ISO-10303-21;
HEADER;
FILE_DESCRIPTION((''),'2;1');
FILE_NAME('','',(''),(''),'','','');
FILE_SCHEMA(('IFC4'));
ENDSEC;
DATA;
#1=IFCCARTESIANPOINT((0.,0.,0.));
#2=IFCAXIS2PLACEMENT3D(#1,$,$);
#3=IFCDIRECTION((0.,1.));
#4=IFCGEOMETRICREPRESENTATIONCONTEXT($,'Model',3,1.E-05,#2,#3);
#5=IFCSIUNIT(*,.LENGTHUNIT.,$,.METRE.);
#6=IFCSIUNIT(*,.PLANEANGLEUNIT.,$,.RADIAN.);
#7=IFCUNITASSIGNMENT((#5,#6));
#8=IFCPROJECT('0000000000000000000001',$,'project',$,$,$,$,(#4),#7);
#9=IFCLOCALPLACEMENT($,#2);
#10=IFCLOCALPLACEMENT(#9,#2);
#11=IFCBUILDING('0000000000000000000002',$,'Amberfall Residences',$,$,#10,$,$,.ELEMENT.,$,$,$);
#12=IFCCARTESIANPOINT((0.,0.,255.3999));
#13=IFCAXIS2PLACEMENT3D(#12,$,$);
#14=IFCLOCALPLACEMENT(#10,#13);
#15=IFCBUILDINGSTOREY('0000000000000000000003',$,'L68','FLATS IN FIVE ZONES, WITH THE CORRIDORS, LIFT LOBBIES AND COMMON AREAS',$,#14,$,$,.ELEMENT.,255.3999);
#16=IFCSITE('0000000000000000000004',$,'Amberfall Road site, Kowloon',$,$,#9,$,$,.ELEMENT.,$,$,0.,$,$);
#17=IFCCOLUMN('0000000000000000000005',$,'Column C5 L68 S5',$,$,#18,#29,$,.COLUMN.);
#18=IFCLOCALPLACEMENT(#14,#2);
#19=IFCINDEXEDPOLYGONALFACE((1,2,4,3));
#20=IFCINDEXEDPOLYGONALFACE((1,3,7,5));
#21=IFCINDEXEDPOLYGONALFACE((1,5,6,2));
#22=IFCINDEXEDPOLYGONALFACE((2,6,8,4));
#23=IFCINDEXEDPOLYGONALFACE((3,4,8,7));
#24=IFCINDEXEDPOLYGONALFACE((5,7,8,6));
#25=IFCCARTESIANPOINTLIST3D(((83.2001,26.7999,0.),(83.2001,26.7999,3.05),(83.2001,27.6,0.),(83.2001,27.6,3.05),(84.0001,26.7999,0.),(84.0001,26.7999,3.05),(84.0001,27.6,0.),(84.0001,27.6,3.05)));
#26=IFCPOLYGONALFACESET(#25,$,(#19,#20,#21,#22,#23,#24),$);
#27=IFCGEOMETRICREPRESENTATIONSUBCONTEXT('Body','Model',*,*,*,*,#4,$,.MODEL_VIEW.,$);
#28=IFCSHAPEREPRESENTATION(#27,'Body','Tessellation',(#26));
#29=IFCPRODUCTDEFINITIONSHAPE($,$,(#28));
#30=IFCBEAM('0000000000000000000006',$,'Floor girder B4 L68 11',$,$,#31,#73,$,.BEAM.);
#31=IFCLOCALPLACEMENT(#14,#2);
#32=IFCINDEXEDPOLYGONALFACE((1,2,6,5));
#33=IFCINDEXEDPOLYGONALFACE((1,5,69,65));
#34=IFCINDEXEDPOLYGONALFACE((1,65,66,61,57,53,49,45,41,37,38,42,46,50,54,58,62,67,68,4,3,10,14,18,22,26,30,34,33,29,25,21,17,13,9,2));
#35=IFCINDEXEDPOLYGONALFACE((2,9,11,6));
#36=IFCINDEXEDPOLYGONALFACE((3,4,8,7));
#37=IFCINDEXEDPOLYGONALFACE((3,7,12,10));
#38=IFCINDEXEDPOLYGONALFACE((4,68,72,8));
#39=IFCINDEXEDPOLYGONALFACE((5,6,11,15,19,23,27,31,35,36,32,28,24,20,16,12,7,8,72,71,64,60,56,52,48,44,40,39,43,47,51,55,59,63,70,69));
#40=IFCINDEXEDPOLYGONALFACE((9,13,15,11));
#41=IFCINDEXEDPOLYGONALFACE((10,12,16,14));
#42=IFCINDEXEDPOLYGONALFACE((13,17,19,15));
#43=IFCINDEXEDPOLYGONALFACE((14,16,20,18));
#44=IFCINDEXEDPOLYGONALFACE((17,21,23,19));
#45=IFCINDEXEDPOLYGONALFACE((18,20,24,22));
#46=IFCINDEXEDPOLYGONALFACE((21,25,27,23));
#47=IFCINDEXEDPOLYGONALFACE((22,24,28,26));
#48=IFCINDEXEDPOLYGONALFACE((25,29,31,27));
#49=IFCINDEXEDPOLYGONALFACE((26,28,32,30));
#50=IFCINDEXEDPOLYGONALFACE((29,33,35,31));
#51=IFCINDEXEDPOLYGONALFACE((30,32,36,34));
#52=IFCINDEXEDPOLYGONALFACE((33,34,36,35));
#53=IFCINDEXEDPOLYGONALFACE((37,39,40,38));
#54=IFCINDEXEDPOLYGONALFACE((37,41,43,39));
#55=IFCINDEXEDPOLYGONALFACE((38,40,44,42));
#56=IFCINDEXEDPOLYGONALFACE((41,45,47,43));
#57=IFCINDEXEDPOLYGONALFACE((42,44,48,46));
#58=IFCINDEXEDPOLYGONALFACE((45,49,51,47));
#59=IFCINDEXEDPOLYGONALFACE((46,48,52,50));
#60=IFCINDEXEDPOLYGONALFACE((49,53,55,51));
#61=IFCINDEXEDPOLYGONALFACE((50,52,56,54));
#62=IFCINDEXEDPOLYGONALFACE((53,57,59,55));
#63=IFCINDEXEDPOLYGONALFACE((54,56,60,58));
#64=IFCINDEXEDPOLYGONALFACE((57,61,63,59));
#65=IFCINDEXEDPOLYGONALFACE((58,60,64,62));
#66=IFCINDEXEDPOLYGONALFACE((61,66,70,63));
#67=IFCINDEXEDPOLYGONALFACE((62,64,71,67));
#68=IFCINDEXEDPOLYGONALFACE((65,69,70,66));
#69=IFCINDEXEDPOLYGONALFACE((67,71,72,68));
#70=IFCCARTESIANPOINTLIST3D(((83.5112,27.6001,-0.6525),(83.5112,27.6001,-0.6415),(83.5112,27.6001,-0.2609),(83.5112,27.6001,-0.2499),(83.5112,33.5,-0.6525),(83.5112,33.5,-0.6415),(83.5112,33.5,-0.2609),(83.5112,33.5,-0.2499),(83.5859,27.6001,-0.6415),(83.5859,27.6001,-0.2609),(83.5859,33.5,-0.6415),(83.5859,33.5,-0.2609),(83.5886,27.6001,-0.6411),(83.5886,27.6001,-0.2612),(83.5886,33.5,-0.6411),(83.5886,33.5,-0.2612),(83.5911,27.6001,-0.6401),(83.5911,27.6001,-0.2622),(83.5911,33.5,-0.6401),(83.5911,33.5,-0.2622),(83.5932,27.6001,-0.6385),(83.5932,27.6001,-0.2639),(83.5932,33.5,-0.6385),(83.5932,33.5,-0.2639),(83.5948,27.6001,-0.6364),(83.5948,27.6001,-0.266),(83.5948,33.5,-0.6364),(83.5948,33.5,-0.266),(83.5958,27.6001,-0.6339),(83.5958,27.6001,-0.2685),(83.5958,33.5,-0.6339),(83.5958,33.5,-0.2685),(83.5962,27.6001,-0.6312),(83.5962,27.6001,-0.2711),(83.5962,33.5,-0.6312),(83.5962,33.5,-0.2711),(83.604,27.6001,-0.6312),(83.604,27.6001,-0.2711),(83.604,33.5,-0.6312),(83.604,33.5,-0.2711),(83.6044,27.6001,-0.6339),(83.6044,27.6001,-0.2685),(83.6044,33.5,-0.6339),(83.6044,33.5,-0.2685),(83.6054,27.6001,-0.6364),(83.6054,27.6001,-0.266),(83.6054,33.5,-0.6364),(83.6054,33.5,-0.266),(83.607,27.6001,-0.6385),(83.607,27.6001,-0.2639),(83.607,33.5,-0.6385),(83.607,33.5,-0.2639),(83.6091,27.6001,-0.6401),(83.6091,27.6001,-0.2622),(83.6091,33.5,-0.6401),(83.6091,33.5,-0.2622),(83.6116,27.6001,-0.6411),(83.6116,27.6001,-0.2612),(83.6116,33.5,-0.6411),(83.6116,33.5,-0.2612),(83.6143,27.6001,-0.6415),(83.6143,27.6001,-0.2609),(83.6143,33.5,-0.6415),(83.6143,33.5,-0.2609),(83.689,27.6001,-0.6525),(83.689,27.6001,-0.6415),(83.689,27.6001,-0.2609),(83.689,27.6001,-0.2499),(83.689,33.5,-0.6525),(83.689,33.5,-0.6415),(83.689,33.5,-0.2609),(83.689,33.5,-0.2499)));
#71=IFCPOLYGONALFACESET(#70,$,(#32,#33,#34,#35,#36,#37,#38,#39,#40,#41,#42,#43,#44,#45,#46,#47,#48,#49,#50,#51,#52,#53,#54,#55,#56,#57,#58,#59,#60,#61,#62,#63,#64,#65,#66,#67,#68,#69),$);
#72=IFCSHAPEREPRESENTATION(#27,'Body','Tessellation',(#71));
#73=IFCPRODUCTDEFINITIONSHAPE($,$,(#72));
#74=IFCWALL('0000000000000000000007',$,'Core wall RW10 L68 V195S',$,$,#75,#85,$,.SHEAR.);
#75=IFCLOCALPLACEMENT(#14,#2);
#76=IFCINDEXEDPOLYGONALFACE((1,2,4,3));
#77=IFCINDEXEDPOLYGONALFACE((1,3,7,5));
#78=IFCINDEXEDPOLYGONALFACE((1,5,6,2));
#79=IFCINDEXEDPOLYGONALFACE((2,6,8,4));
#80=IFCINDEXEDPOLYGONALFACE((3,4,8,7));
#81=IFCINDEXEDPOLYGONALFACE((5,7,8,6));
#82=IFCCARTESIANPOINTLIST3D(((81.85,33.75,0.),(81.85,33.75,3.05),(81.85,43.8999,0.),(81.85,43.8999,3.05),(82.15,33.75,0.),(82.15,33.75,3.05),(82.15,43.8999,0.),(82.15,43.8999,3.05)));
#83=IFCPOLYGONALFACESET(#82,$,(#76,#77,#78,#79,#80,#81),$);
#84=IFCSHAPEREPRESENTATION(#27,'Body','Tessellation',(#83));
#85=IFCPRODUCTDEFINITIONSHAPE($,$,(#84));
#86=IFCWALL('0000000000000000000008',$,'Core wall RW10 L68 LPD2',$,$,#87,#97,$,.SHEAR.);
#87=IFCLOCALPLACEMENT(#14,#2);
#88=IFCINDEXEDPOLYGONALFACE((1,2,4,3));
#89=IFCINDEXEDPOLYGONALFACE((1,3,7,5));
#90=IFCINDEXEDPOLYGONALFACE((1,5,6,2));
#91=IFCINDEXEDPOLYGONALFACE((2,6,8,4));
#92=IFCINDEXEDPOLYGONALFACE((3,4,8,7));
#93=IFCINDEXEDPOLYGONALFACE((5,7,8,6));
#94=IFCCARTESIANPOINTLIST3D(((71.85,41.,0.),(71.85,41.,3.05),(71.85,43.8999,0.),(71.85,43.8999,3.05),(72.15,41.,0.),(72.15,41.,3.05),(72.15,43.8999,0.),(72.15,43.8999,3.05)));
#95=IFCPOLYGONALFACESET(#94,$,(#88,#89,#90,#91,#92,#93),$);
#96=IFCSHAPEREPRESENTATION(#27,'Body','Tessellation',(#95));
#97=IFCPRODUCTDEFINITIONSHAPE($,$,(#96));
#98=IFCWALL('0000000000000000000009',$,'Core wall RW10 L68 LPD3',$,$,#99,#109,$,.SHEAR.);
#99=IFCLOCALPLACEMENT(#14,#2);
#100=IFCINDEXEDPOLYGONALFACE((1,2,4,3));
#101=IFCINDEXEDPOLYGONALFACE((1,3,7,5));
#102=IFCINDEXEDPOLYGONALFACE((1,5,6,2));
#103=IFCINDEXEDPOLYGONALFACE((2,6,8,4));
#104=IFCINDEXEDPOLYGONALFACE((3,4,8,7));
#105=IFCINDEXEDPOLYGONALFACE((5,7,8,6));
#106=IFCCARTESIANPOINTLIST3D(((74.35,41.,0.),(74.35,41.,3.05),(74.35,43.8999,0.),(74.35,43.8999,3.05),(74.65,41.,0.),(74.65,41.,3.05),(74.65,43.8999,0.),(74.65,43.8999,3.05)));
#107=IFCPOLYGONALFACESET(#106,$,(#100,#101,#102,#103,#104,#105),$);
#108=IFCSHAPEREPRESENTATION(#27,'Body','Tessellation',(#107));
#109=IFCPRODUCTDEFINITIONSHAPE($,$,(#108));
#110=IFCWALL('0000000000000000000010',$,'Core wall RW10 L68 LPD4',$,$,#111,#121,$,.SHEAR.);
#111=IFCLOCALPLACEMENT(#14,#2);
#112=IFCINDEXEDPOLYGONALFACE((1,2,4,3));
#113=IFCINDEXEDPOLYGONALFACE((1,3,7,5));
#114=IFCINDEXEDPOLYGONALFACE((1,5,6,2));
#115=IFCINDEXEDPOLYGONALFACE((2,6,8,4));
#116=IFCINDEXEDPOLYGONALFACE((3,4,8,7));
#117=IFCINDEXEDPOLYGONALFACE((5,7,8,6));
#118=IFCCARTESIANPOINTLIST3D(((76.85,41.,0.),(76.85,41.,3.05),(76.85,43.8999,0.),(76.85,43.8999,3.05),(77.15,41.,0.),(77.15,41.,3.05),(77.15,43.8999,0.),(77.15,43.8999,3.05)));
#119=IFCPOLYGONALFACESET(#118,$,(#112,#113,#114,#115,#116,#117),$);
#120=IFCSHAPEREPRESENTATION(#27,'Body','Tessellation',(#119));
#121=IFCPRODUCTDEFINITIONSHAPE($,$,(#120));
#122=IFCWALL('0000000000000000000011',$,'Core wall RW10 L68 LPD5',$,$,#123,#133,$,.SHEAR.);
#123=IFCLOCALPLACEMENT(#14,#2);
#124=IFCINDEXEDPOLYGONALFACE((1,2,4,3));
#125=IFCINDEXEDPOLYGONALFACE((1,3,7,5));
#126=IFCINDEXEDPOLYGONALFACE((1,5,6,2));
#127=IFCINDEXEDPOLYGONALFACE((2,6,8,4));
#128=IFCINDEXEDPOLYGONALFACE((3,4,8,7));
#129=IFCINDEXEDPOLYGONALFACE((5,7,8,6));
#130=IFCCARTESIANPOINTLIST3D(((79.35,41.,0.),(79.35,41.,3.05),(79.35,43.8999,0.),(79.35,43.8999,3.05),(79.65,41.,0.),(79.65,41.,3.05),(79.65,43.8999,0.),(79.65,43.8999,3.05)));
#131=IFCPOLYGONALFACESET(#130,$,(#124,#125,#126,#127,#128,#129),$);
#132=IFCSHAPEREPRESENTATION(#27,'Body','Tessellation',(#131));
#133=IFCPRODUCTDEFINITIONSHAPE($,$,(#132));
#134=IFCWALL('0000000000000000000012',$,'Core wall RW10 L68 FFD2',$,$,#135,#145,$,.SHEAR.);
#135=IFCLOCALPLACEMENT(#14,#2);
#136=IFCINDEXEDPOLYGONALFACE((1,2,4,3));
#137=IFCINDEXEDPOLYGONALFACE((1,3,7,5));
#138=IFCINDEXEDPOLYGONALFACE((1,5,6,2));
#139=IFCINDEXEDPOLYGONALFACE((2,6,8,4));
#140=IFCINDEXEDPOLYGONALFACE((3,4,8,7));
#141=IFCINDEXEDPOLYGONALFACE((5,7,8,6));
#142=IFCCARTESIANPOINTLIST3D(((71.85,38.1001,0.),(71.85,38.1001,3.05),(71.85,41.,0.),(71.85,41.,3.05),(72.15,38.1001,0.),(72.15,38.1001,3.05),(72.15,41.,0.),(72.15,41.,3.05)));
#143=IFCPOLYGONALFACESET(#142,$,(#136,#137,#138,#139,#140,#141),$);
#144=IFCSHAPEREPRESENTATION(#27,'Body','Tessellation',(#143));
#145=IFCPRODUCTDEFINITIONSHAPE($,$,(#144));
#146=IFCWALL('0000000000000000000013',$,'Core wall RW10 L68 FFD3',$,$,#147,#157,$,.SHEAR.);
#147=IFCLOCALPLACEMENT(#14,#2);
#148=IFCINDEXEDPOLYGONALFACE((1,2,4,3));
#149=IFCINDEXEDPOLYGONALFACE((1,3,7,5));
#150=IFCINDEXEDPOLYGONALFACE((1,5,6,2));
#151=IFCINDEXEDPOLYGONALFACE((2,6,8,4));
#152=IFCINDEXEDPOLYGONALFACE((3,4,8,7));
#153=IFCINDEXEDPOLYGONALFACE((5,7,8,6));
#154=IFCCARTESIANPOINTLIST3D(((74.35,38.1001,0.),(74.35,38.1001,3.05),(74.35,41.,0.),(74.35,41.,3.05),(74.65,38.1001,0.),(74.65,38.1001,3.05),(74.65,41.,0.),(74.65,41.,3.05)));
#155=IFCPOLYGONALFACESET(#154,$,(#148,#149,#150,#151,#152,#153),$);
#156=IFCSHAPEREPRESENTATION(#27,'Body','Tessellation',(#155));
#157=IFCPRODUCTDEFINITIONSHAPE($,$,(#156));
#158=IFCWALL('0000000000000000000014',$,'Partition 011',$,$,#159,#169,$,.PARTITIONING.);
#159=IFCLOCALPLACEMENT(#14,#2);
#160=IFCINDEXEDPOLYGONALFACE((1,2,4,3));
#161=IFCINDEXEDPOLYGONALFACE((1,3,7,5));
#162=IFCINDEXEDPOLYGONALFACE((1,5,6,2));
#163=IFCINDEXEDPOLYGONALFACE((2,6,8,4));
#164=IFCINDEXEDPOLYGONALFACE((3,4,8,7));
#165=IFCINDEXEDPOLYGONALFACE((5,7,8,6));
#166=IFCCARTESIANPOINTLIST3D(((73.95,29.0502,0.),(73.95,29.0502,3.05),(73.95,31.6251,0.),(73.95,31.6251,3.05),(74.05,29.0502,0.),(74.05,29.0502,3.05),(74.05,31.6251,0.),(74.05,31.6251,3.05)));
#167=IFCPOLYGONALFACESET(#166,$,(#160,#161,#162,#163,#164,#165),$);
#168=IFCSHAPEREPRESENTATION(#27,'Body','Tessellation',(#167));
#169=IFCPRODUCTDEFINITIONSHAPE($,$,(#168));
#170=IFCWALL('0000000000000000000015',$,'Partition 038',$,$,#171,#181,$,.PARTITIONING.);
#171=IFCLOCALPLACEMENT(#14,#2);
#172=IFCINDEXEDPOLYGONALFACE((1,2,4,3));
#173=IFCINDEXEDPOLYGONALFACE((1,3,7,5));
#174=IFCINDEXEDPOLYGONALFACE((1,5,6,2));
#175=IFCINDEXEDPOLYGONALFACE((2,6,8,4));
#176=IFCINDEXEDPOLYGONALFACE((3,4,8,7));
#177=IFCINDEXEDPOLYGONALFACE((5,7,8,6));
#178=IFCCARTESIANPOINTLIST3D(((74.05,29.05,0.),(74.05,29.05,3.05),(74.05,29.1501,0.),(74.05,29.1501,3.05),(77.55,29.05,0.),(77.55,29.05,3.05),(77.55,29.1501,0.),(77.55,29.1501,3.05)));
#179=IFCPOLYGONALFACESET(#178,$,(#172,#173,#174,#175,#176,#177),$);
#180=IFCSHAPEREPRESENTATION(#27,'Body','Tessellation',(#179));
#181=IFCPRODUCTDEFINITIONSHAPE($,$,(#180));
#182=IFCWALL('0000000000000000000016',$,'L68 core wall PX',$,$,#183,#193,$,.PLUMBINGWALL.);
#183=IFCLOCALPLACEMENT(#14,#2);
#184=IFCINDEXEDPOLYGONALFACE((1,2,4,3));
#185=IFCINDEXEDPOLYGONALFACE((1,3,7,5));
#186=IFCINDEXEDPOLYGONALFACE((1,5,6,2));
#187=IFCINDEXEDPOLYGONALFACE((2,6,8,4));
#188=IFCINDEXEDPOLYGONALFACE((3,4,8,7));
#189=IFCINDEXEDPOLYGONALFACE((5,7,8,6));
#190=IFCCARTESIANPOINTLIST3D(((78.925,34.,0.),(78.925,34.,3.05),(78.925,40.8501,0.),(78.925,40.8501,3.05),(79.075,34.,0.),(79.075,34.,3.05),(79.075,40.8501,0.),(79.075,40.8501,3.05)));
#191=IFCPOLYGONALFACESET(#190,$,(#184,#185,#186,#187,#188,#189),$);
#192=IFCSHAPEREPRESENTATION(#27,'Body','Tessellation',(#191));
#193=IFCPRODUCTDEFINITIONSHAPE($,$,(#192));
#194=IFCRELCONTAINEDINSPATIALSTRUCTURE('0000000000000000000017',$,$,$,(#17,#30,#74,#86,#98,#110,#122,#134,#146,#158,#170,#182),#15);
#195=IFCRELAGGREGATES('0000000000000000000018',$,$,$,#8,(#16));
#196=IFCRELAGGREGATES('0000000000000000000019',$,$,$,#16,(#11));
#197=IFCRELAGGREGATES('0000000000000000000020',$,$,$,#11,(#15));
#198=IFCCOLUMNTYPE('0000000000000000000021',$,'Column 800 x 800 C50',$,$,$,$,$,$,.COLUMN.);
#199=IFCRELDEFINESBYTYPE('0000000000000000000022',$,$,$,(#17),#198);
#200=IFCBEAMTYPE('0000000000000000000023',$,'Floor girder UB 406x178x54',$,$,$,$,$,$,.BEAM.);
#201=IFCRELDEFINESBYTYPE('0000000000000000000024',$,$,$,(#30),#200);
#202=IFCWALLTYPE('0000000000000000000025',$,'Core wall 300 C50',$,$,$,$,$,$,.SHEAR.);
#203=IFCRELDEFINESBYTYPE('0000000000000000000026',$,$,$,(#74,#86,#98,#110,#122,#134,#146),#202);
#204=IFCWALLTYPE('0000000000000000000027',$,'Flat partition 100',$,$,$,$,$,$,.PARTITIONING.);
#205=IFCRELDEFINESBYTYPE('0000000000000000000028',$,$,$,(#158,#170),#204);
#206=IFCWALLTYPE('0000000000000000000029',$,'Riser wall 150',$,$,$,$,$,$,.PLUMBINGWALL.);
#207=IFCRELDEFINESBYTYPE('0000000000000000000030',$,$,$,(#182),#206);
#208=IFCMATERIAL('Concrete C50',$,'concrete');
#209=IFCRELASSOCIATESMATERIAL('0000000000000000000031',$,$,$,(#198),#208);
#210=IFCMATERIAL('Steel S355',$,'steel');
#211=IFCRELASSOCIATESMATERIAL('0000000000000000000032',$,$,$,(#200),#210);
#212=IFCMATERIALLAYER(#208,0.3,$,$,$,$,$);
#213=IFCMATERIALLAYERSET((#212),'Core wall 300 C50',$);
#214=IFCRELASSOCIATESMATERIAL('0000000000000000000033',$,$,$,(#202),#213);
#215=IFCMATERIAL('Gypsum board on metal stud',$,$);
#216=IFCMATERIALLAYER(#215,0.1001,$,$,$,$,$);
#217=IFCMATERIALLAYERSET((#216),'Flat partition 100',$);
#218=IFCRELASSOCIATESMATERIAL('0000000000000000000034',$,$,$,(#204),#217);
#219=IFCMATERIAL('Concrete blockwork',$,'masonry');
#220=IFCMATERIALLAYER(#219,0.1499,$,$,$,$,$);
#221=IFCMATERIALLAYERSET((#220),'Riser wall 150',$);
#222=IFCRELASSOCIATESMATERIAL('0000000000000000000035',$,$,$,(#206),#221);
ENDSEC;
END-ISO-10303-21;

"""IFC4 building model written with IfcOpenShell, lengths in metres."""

from ifc_helpers import new_model, si_unit, direction, frame, frame_2d, origin, origin_2d, place, context, subcontext, project, spatial, rectangle, i_section, extrude, material, layer, layer_set, material_profile, profile_set, type_object, element, save


model = new_model("IFC4")

# Units and contexts
model_context = context("Model", 3, precision=1e-05, world=origin(), true_north=direction((0.0, 1.0)))
body_context = subcontext(model_context, "Body", "Model", "MODEL_VIEW")
ifc_project = project(units=[si_unit("LENGTHUNIT", "METRE"), si_unit("PLANEANGLEUNIT", "RADIAN")], contexts=[model_context])

# Site, building, storey
site_placement = place(None, origin())
site = spatial("IfcSite", under=ifc_project, at=site_placement, Name="Amberfall Road site, Kowloon", CompositionType="ELEMENT", RefElevation=0.0)
building_placement = place(site_placement, origin())
building = spatial("IfcBuilding", under=site, at=building_placement, Name="Amberfall Residences", CompositionType="ELEMENT")
storey_placement = place(building_placement, frame((0.0, 0.0, 255.3999)))
storey = spatial("IfcBuildingStorey", under=building, at=storey_placement, Name="L68", Description="FLATS IN FIVE ZONES, WITH THE CORRIDORS, LIFT LOBBIES AND COMMON AREAS", CompositionType="ELEMENT", Elevation=255.3999)

# Column
ifc_material_1 = material(Name="Concrete C50", Category="concrete")
ifc_material_profile_1 = material_profile(ifc_material_1, rectangle(XDim=0.8, YDim=0.8, at=origin_2d()), Name="Column 800 x 800 C50")
ifc_profile_set_1 = profile_set([ifc_material_profile_1], Name="Concrete C50")
column_type = type_object("IfcColumnType", Name="Column 800 x 800 C50", PredefinedType="COLUMN", material=ifc_profile_set_1)
column_placement = place(storey_placement, frame((83.6001, 27.2, 0.0), z_axis=(0.0, 0.0, 1.0), x_axis=(1.0, 0.0, 0.0)))
element("IfcColumn", 1, at=column_placement, inside=storey, type_object=column_type, Name="Column C5 L68 S5", PredefinedType="COLUMN", context=body_context, shape_type="SweptSolid", body=[
    extrude(rectangle(XDim=0.8, YDim=0.8, at=origin_2d()), origin(), (0.0, 0.0, 1.0), 3.05),
])

# Beam
ifc_material_2 = material(Name="Steel S355", Category="steel")
ifc_material_profile_2 = material_profile(ifc_material_2, i_section(OverallWidth=0.1777, OverallDepth=0.4026, WebThickness=0.0078, FlangeThickness=0.011, FilletRadius=0.0103, at=origin_2d()), Name="UB 406x178x54")
ifc_profile_set_2 = profile_set([ifc_material_profile_2], Name="Steel S355")
beam_type = type_object("IfcBeamType", Name="Floor girder UB 406x178x54", PredefinedType="BEAM", material=ifc_profile_set_2)
beam_placement = place(storey_placement, frame((83.6001, 27.6001, -0.4512), z_axis=(0.0, 1.0, 0.0), x_axis=(-1.0, 0.0, 0.0)))
element("IfcBeam", 2, at=beam_placement, inside=storey, type_object=beam_type, Name="Floor girder B4 L68 11", PredefinedType="BEAM", context=body_context, shape_type="SweptSolid", body=[
    extrude(i_section(OverallWidth=0.1777, OverallDepth=0.4026, WebThickness=0.0078, FlangeThickness=0.011, FilletRadius=0.0103, at=origin_2d()), origin(), (0.0, 0.0, 1.0), 5.8999),
])

# Walls
ifc_layer_1 = layer(ifc_material_1, 0.3)
ifc_layer_set_1 = layer_set([ifc_layer_1], Name="Core wall 300 C50")
wall_type_1 = type_object("IfcWallType", Name="Core wall 300 C50", PredefinedType="SHEAR", material=ifc_layer_set_1)
wall_1_placement = place(storey_placement, frame((82.0, 33.75, 0.0), z_axis=(0.0, 0.0, 1.0), x_axis=(0.0, 1.0, 0.0)))
element("IfcWall", 3, at=wall_1_placement, inside=storey, type_object=wall_type_1, Name="Core wall RW10 L68 V195S", PredefinedType="SHEAR", context=body_context, shape_type="SweptSolid", body=[
    extrude(rectangle(XDim=10.1499, YDim=0.3, at=frame_2d((5.075, 0.0))), origin(), (0.0, 0.0, 1.0), 3.05),
])
for number, where, z_axis, x_axis, name in (
    (4, (72.0, 41.0, 0.0), (0.0, 0.0, 1.0), (0.0, 1.0, 0.0), "Core wall RW10 L68 LPD2"),
    (5, (74.5, 41.0, 0.0), (0.0, 0.0, 1.0), (0.0, 1.0, 0.0), "Core wall RW10 L68 LPD3"),
    (6, (77.0, 41.0, 0.0), (0.0, 0.0, 1.0), (0.0, 1.0, 0.0), "Core wall RW10 L68 LPD4"),
    (7, (79.5, 41.0, 0.0), (0.0, 0.0, 1.0), (0.0, 1.0, 0.0), "Core wall RW10 L68 LPD5"),
    (8, (72.0, 38.1001, 0.0), (0.0, 0.0, 1.0), (0.0, 1.0, 0.0), "Core wall RW10 L68 FFD2"),
    (9, (74.5, 38.1001, 0.0), (0.0, 0.0, 1.0), (0.0, 1.0, 0.0), "Core wall RW10 L68 FFD3"),
):
    element("IfcWall", number, at=place(storey_placement, frame(where, z_axis=z_axis, x_axis=x_axis)), inside=storey, type_object=wall_type_1, Name=name, PredefinedType="SHEAR", context=body_context, shape_type="SweptSolid", body=[
        extrude(rectangle(XDim=2.8999, YDim=0.3, at=frame_2d((1.45, 0.0))), origin(), (0.0, 0.0, 1.0), 3.05),
    ])
ifc_material_3 = material(Name="Gypsum board on metal stud")
ifc_layer_2 = layer(ifc_material_3, 0.1001)
ifc_layer_set_2 = layer_set([ifc_layer_2], Name="Flat partition 100")
wall_type_2 = type_object("IfcWallType", Name="Flat partition 100", PredefinedType="PARTITIONING", material=ifc_layer_set_2)
wall_2_placement = place(storey_placement, frame((74.0, 29.05, 0.0), z_axis=(0.0, 0.0, 1.0), x_axis=(0.0, 1.0, 0.0)))
element("IfcWall", 10, at=wall_2_placement, inside=storey, type_object=wall_type_2, Name="Partition 011", PredefinedType="PARTITIONING", context=body_context, shape_type="SweptSolid", body=[
    extrude(rectangle(XDim=2.575, YDim=0.1001, at=frame_2d((1.2876, 0.0))), origin(), (0.0, 0.0, 1.0), 3.05),
])
wall_3_placement = place(storey_placement, frame((74.05, 29.1001, 0.0), z_axis=(0.0, 0.0, 1.0), x_axis=(1.0, 0.0, 0.0)))
element("IfcWall", 11, at=wall_3_placement, inside=storey, type_object=wall_type_2, Name="Partition 038", PredefinedType="PARTITIONING", context=body_context, shape_type="SweptSolid", body=[
    extrude(rectangle(XDim=3.5, YDim=0.1001, at=frame_2d((1.75, 0.0))), origin(), (0.0, 0.0, 1.0), 3.05),
])
ifc_material_4 = material(Name="Concrete blockwork", Category="masonry")
ifc_layer_3 = layer(ifc_material_4, 0.1499)
ifc_layer_set_3 = layer_set([ifc_layer_3], Name="Riser wall 150")
wall_type_3 = type_object("IfcWallType", Name="Riser wall 150", PredefinedType="PLUMBINGWALL", material=ifc_layer_set_3)
wall_4_placement = place(storey_placement, frame((79.0, 34.0, 0.0), z_axis=(0.0, 0.0, 1.0), x_axis=(0.0, 1.0, 0.0)))
element("IfcWall", 12, at=wall_4_placement, inside=storey, type_object=wall_type_3, Name="L68 core wall PX", PredefinedType="PLUMBINGWALL", context=body_context, shape_type="SweptSolid", body=[
    extrude(rectangle(XDim=6.8501, YDim=0.1499, at=frame_2d((3.425, 0.0))), origin(), (0.0, 0.0, 1.0), 3.05),
])

save(model, "model.ifc")
